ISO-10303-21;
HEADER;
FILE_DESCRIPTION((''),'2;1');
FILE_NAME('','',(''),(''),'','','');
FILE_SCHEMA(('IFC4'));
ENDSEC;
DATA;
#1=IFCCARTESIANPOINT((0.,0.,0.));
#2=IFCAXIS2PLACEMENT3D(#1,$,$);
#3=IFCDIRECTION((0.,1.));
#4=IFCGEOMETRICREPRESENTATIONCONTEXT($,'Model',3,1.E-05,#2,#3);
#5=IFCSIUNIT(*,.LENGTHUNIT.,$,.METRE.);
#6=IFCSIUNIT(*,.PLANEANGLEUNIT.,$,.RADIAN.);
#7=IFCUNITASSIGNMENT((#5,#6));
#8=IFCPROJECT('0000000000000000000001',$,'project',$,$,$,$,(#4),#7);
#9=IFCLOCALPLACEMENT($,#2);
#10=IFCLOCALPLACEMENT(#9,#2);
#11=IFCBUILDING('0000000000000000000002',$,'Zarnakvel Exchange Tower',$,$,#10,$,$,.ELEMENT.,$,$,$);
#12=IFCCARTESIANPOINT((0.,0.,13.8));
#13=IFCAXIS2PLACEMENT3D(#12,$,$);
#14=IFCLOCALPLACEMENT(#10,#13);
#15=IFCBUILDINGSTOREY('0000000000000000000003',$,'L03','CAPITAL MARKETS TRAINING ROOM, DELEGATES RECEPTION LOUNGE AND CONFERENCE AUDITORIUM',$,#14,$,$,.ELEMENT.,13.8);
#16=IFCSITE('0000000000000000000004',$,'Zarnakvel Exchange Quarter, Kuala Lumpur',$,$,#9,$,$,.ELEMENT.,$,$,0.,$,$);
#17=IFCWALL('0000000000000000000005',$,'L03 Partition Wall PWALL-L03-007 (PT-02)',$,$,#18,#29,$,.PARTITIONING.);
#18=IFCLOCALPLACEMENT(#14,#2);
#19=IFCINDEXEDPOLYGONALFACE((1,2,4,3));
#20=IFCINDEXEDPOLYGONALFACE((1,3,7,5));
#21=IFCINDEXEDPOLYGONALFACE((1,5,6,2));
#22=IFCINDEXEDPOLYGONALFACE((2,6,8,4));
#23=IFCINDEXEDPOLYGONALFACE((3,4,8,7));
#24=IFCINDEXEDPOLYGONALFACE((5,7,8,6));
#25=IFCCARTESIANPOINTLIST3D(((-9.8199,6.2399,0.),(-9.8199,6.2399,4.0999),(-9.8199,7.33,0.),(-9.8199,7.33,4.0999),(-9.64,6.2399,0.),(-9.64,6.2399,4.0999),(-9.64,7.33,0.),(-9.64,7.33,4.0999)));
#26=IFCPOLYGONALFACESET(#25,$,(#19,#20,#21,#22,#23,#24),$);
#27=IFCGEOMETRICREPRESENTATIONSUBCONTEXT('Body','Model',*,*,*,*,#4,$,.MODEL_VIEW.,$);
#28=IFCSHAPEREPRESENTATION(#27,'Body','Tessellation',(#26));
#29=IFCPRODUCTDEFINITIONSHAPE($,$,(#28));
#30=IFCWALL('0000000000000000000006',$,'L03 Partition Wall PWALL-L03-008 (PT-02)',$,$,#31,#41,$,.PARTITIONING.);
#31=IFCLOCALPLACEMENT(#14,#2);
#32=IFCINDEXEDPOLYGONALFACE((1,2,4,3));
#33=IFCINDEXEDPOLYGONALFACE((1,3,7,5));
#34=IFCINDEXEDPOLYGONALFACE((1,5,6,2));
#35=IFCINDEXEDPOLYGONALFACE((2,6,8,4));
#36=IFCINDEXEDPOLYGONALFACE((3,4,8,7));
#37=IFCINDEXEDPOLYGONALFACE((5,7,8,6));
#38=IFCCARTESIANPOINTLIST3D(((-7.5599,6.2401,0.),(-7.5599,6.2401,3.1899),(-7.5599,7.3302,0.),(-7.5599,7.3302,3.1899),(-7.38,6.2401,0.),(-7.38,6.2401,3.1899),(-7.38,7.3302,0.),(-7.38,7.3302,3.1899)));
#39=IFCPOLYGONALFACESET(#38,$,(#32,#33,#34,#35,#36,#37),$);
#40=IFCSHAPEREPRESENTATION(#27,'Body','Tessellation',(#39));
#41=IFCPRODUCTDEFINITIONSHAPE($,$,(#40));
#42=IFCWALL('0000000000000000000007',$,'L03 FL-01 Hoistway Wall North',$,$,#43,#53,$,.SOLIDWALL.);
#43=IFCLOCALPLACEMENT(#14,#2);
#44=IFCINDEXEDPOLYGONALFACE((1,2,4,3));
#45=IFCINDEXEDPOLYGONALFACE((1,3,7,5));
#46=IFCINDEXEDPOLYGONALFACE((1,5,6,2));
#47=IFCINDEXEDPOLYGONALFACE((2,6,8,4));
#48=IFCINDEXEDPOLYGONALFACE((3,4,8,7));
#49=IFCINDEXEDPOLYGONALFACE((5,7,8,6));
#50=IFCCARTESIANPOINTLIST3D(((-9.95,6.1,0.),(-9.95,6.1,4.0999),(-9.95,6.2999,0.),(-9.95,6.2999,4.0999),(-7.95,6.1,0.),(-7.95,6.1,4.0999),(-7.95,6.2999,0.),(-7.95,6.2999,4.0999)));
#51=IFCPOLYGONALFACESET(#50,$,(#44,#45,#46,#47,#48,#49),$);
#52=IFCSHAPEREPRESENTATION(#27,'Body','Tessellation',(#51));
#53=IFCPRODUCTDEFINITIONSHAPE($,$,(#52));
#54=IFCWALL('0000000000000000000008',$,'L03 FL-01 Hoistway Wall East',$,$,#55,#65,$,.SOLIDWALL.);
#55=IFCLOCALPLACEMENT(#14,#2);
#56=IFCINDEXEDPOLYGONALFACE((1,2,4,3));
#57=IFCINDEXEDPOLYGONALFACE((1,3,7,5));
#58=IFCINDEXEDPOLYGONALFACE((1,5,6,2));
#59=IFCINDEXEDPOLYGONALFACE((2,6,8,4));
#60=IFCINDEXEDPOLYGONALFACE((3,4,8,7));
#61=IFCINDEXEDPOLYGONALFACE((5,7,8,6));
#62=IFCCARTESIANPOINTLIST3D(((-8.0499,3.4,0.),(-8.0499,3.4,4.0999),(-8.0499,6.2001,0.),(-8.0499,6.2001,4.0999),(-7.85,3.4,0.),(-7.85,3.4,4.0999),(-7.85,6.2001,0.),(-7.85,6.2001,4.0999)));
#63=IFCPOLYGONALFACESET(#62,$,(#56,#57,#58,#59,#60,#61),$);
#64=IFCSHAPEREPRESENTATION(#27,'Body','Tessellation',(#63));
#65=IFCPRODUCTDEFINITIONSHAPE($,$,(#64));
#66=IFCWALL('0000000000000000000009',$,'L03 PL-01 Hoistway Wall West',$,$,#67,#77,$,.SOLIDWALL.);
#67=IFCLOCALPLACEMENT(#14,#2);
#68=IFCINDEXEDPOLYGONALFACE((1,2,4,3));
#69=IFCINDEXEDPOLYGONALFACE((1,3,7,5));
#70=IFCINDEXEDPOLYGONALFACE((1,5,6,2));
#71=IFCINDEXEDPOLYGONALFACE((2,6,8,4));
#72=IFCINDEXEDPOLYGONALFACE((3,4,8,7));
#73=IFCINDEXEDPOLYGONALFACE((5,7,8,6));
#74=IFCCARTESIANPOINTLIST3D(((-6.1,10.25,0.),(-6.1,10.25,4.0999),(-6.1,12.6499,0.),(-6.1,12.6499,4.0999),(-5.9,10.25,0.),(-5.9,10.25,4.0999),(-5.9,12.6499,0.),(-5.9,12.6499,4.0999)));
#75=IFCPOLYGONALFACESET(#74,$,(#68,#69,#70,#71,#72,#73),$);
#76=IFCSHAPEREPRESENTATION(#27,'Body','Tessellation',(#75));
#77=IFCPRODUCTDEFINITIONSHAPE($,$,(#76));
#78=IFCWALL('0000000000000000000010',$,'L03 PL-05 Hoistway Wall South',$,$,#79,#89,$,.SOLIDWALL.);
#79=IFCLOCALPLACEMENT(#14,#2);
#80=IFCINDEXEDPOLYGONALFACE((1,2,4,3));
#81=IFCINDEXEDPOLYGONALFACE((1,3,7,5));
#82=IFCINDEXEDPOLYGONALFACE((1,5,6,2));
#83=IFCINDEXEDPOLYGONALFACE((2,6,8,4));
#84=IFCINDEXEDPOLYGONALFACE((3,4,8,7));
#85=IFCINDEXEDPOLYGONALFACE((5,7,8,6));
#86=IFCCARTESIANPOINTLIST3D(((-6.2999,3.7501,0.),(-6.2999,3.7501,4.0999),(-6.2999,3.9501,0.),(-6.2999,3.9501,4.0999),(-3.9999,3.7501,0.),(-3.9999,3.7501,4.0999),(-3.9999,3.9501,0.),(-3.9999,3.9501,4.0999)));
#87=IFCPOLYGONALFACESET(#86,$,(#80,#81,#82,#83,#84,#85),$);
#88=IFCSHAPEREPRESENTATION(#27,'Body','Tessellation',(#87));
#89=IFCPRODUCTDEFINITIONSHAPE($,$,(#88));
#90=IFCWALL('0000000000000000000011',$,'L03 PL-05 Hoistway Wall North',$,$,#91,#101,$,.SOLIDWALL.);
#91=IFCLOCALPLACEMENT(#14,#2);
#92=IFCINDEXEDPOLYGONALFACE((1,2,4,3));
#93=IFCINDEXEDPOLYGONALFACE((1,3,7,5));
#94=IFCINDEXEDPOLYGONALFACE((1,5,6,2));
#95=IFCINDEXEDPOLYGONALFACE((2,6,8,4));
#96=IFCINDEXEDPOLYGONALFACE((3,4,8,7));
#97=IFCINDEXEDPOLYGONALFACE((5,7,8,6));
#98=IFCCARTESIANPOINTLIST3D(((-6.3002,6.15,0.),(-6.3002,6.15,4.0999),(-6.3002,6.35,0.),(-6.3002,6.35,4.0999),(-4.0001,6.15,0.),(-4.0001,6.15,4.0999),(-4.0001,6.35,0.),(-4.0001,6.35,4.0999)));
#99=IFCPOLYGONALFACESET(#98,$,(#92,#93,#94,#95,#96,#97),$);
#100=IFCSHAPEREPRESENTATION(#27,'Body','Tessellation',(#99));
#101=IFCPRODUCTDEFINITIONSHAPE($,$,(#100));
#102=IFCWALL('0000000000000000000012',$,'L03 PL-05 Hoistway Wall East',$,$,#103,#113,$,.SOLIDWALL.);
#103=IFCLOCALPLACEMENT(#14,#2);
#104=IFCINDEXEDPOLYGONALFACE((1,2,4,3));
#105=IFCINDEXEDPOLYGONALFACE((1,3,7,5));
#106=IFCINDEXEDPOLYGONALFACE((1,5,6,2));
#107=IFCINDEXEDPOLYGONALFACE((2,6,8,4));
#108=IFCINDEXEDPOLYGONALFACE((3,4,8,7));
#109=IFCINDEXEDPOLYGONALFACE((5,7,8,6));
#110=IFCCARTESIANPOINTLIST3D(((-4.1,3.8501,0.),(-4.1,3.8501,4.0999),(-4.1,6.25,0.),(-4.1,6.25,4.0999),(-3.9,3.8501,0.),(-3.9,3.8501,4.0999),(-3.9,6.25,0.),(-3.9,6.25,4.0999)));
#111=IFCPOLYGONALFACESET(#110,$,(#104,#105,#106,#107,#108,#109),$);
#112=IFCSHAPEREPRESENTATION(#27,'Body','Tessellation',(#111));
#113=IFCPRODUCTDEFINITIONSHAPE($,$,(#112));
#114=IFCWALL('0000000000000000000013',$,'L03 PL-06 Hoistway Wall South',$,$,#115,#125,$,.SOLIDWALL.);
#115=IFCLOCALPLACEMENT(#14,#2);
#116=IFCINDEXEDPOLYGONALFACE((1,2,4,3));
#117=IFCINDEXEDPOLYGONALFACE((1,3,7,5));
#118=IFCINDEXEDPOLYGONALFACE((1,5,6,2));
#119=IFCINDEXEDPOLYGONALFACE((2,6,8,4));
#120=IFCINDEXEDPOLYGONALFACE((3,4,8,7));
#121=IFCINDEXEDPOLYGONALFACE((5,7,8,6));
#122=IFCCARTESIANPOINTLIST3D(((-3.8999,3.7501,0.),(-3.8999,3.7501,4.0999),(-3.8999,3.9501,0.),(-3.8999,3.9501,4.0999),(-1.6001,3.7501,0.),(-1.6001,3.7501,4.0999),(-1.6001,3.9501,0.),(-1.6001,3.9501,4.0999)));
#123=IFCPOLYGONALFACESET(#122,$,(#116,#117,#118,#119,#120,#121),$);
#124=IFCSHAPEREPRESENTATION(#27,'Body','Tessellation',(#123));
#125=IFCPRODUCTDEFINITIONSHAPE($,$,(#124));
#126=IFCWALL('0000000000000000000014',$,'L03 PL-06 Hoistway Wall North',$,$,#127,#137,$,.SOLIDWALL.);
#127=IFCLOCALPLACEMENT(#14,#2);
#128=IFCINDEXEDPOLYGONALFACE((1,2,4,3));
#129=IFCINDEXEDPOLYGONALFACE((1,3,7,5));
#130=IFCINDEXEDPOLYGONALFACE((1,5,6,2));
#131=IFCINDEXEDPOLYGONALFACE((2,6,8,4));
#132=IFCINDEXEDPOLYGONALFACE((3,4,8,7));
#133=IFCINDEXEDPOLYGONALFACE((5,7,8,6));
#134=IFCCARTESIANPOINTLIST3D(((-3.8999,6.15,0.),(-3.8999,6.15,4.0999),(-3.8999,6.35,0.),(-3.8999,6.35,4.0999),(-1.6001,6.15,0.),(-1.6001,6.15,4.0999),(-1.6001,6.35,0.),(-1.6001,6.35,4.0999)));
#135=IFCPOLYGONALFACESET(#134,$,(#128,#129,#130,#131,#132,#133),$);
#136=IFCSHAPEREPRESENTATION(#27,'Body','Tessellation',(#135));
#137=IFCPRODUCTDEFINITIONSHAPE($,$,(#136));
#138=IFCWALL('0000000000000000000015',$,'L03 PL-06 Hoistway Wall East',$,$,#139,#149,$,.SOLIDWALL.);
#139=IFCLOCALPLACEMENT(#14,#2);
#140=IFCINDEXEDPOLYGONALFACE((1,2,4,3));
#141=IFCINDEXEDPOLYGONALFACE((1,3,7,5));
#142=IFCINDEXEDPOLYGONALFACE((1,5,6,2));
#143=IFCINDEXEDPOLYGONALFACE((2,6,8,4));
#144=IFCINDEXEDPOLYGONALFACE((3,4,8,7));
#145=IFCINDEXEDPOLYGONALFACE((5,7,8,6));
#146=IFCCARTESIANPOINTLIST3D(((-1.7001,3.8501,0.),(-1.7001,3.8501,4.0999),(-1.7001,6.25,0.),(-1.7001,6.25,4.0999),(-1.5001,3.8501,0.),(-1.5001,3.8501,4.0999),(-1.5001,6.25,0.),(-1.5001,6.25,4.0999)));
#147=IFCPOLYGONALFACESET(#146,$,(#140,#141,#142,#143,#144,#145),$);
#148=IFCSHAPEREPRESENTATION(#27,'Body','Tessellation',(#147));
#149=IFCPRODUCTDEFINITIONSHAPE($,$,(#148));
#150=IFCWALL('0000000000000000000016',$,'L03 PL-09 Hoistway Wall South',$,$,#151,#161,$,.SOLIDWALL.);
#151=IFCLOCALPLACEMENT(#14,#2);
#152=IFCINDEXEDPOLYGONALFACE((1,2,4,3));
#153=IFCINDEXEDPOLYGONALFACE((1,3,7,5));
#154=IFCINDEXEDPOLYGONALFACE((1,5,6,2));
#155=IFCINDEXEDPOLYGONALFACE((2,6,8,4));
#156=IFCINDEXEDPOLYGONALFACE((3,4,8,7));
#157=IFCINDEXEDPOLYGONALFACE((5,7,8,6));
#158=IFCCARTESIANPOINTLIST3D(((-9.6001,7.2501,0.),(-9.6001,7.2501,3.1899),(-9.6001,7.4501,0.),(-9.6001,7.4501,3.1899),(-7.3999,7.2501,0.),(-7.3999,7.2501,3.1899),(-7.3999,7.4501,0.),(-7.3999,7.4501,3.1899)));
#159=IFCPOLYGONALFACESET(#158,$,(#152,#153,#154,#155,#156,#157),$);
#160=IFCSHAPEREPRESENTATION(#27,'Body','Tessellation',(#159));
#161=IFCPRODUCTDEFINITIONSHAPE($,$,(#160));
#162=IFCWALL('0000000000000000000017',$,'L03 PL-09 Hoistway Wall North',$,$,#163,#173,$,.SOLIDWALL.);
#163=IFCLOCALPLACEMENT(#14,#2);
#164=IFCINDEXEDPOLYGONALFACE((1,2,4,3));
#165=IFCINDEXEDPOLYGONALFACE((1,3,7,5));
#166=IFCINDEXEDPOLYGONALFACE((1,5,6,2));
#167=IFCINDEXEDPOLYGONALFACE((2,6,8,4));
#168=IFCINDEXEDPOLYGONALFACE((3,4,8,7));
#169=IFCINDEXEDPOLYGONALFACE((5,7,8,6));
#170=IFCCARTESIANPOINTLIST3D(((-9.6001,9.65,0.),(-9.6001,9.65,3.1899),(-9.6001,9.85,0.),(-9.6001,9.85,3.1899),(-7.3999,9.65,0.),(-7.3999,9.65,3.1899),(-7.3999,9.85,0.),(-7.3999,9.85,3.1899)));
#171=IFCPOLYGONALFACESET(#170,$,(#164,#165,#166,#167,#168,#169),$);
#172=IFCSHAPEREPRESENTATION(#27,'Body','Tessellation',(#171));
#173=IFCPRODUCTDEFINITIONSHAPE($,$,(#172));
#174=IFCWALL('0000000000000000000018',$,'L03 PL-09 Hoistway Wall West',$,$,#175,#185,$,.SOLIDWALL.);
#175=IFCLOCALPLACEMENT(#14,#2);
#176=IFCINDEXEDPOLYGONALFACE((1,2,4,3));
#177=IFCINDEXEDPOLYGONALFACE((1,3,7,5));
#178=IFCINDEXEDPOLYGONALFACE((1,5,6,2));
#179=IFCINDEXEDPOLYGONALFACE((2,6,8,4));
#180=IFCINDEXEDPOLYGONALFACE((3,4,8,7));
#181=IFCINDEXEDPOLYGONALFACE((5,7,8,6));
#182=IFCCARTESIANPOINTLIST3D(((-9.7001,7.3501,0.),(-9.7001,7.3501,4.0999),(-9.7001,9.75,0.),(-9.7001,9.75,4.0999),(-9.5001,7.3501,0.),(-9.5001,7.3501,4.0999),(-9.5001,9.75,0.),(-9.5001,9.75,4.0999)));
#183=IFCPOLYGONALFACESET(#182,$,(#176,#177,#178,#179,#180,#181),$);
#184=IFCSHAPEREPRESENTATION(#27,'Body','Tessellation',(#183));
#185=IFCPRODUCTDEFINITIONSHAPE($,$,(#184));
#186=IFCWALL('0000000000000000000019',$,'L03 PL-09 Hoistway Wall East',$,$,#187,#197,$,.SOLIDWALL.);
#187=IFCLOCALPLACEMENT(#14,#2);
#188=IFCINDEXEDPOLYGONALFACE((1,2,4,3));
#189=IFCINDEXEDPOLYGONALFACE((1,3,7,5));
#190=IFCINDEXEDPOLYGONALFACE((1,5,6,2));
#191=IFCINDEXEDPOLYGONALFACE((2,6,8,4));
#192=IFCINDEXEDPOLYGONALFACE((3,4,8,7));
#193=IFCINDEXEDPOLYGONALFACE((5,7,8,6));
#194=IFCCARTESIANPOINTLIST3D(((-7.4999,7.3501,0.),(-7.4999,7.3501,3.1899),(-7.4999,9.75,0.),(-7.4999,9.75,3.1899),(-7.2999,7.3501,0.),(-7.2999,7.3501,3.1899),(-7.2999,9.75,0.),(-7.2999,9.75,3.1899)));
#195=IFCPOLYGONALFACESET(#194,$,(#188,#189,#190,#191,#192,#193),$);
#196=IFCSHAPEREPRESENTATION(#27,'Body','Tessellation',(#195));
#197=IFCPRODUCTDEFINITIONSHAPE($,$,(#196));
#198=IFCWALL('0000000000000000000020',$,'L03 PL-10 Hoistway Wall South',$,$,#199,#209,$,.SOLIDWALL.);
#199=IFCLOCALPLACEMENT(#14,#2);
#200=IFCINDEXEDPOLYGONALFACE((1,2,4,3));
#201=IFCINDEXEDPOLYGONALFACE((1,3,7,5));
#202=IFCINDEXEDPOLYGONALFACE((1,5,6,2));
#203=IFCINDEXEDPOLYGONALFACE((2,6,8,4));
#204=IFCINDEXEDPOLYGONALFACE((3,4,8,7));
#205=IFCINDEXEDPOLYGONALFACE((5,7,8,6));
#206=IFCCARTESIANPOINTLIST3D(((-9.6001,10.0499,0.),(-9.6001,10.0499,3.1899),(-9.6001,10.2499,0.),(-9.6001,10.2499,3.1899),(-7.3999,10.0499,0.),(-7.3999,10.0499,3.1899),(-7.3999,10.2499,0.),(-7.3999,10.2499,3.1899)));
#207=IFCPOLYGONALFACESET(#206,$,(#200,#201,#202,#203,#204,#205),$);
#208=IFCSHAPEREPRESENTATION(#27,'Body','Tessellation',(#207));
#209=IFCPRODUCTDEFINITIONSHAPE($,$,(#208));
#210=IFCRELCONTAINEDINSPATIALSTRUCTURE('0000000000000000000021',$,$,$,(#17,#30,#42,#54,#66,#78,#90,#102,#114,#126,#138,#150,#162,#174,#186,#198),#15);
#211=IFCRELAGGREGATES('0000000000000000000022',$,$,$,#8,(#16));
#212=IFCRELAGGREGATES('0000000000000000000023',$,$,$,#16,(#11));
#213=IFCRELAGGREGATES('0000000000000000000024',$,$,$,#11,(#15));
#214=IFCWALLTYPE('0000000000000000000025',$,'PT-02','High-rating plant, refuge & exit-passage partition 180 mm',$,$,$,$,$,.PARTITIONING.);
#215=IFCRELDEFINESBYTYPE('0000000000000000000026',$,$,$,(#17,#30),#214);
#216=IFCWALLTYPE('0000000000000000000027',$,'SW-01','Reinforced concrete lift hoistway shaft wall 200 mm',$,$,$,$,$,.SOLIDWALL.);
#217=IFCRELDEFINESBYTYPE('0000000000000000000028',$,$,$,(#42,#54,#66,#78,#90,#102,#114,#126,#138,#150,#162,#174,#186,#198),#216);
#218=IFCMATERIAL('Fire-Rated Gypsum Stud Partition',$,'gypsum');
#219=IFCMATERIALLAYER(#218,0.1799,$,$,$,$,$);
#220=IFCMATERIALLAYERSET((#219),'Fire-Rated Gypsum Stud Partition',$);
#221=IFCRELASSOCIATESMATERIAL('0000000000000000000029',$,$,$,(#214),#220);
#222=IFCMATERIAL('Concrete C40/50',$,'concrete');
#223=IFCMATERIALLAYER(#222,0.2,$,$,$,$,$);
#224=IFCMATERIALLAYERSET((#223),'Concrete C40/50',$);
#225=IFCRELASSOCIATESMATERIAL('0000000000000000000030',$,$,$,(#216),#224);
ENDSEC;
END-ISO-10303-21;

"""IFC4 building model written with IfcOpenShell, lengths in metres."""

from ifc_helpers import new_model, si_unit, direction, frame, frame_2d, origin, place, context, subcontext, project, spatial, rectangle, extrude, material, layer, layer_set, type_object, element, save


model = new_model("IFC4")

# Units and contexts
model_context = context("Model", 3, precision=1e-05, world=origin(), true_north=direction((0.0, 1.0)))
body_context = subcontext(model_context, "Body", "Model", "MODEL_VIEW")
ifc_project = project(units=[si_unit("LENGTHUNIT", "METRE"), si_unit("PLANEANGLEUNIT", "RADIAN")], contexts=[model_context])

# Site, building, storey
site_placement = place(None, origin())
site = spatial("IfcSite", under=ifc_project, at=site_placement, Name="Zarnakvel Exchange Quarter, Kuala Lumpur", CompositionType="ELEMENT", RefElevation=0.0)
building_placement = place(site_placement, origin())
building = spatial("IfcBuilding", under=site, at=building_placement, Name="Zarnakvel Exchange Tower", CompositionType="ELEMENT")
storey_placement = place(building_placement, frame((0.0, 0.0, 13.8)))
storey = spatial("IfcBuildingStorey", under=building, at=storey_placement, Name="L03", Description="CAPITAL MARKETS TRAINING ROOM, DELEGATES RECEPTION LOUNGE AND CONFERENCE AUDITORIUM", CompositionType="ELEMENT", Elevation=13.8)

# Walls
ifc_material_1 = material(Name="Fire-Rated Gypsum Stud Partition", Category="gypsum")
ifc_layer_1 = layer(ifc_material_1, 0.1799)
ifc_layer_set_1 = layer_set([ifc_layer_1], Name="Fire-Rated Gypsum Stud Partition")
wall_type_1 = type_object("IfcWallType", Name="PT-02", Description="High-rating plant, refuge & exit-passage partition 180 mm", PredefinedType="PARTITIONING", material=ifc_layer_set_1)
wall_1_placement = place(storey_placement, frame((-9.73, 6.24, 0.0), z_axis=(0.0, 0.0, 1.0), x_axis=(0.0, 1.0, 0.0)))
element("IfcWall", 1, at=wall_1_placement, inside=storey, type_object=wall_type_1, Name="L03 Partition Wall PWALL-L03-007 (PT-02)", PredefinedType="PARTITIONING", context=body_context, shape_type="SweptSolid", body=[
    extrude(rectangle(XDim=1.0901, YDim=0.1799, at=frame_2d((0.5449, 0.0))), origin(), (0.0, 0.0, 1.0), 4.0999),
])
wall_2_placement = place(storey_placement, frame((-7.47, 7.3301, 0.0), z_axis=(0.0, 0.0, 1.0), x_axis=(0.0, -1.0, 0.0)))
element("IfcWall", 2, at=wall_2_placement, inside=storey, type_object=wall_type_1, Name="L03 Partition Wall PWALL-L03-008 (PT-02)", PredefinedType="PARTITIONING", context=body_context, shape_type="SweptSolid", body=[
    extrude(rectangle(XDim=1.0901, YDim=0.1799, at=frame_2d((0.5449, 0.0))), origin(), (0.0, 0.0, 1.0), 3.1899),
])
ifc_material_2 = material(Name="Concrete C40/50", Category="concrete")
ifc_layer_2 = layer(ifc_material_2, 0.2)
ifc_layer_set_2 = layer_set([ifc_layer_2], Name="Concrete C40/50")
wall_type_2 = type_object("IfcWallType", Name="SW-01", Description="Reinforced concrete lift hoistway shaft wall 200 mm", PredefinedType="SOLIDWALL", material=ifc_layer_set_2)
wall_3_placement = place(storey_placement, frame((-9.95, 6.2, 0.0), z_axis=(0.0, 0.0, 1.0), x_axis=(1.0, 0.0, 0.0)))
element("IfcWall", 3, at=wall_3_placement, inside=storey, type_object=wall_type_2, Name="L03 FL-01 Hoistway Wall North", PredefinedType="SOLIDWALL", context=body_context, shape_type="SweptSolid", body=[
    extrude(rectangle(XDim=2.0, YDim=0.2, at=frame_2d((1.0, 0.0))), origin(), (0.0, 0.0, 1.0), 4.0999),
])
wall_4_placement = place(storey_placement, frame((-7.95, 6.2, 0.0), z_axis=(0.0, 0.0, 1.0), x_axis=(0.0, -1.0, 0.0)))
element("IfcWall", 4, at=wall_4_placement, inside=storey, type_object=wall_type_2, Name="L03 FL-01 Hoistway Wall East", PredefinedType="SOLIDWALL", context=body_context, shape_type="SweptSolid", body=[
    extrude(rectangle(XDim=2.8, YDim=0.2, at=frame_2d((1.3999, 0.0))), origin(), (0.0, 0.0, 1.0), 4.0999),
])
wall_5_placement = place(storey_placement, frame((-6.0, 10.25, 0.0), z_axis=(0.0, 0.0, 1.0), x_axis=(0.0, 1.0, 0.0)))
element("IfcWall", 5, at=wall_5_placement, inside=storey, type_object=wall_type_2, Name="L03 PL-01 Hoistway Wall West", PredefinedType="SOLIDWALL", context=body_context, shape_type="SweptSolid", body=[
    extrude(rectangle(XDim=2.3999, YDim=0.2, at=frame_2d((1.2, 0.0))), origin(), (0.0, 0.0, 1.0), 4.0999),
])
for number, where, z_axis, x_axis, name in (
    (6, (-4.0, 3.8501, 0.0), (0.0, 0.0, 1.0), (-1.0, 0.0, 0.0), "L03 PL-05 Hoistway Wall South"),
    (7, (-6.3, 6.25, 0.0), (0.0, 0.0, 1.0), (1.0, 0.0, 0.0), "L03 PL-05 Hoistway Wall North"),
):
    element("IfcWall", number, at=place(storey_placement, frame(where, z_axis=z_axis, x_axis=x_axis)), inside=storey, type_object=wall_type_2, Name=name, PredefinedType="SOLIDWALL", context=body_context, shape_type="SweptSolid", body=[
        extrude(rectangle(XDim=2.3, YDim=0.2, at=frame_2d((1.1499, 0.0))), origin(), (0.0, 0.0, 1.0), 4.0999),
    ])
wall_6_placement = place(storey_placement, frame((-4.0, 6.25, 0.0), z_axis=(0.0, 0.0, 1.0), x_axis=(0.0, -1.0, 0.0)))
element("IfcWall", 8, at=wall_6_placement, inside=storey, type_object=wall_type_2, Name="L03 PL-05 Hoistway Wall East", PredefinedType="SOLIDWALL", context=body_context, shape_type="SweptSolid", body=[
    extrude(rectangle(XDim=2.3999, YDim=0.2, at=frame_2d((1.2, 0.0))), origin(), (0.0, 0.0, 1.0), 4.0999),
])
for number, where, z_axis, x_axis, name in (
    (9, (-1.6001, 3.8501, 0.0), (0.0, 0.0, 1.0), (-1.0, 0.0, 0.0), "L03 PL-06 Hoistway Wall South"),
    (10, (-3.8999, 6.25, 0.0), (0.0, 0.0, 1.0), (1.0, 0.0, 0.0), "L03 PL-06 Hoistway Wall North"),
):
    element("IfcWall", number, at=place(storey_placement, frame(where, z_axis=z_axis, x_axis=x_axis)), inside=storey, type_object=wall_type_2, Name=name, PredefinedType="SOLIDWALL", context=body_context, shape_type="SweptSolid", body=[
        extrude(rectangle(XDim=2.2998, YDim=0.2, at=frame_2d((1.1499, 0.0))), origin(), (0.0, 0.0, 1.0), 4.0999),
    ])
wall_7_placement = place(storey_placement, frame((-1.6001, 6.25, 0.0), z_axis=(0.0, 0.0, 1.0), x_axis=(0.0, -1.0, 0.0)))
element("IfcWall", 11, at=wall_7_placement, inside=storey, type_object=wall_type_2, Name="L03 PL-06 Hoistway Wall East", PredefinedType="SOLIDWALL", context=body_context, shape_type="SweptSolid", body=[
    extrude(rectangle(XDim=2.3999, YDim=0.2, at=frame_2d((1.2, 0.0))), origin(), (0.0, 0.0, 1.0), 4.0999),
])
for number, where, z_axis, x_axis, name in (
    (12, (-7.3999, 7.3501, 0.0), (0.0, 0.0, 1.0), (-1.0, 0.0, 0.0), "L03 PL-09 Hoistway Wall South"),
    (13, (-9.6001, 9.75, 0.0), (0.0, 0.0, 1.0), (1.0, 0.0, 0.0), "L03 PL-09 Hoistway Wall North"),
):
    element("IfcWall", number, at=place(storey_placement, frame(where, z_axis=z_axis, x_axis=x_axis)), inside=storey, type_object=wall_type_2, Name=name, PredefinedType="SOLIDWALL", context=body_context, shape_type="SweptSolid", body=[
        extrude(rectangle(XDim=2.2002, YDim=0.2, at=frame_2d((1.1001, 0.0))), origin(), (0.0, 0.0, 1.0), 3.1899),
    ])
wall_8_placement = place(storey_placement, frame((-9.6001, 7.3501, 0.0), z_axis=(0.0, 0.0, 1.0), x_axis=(0.0, 1.0, 0.0)))
element("IfcWall", 14, at=wall_8_placement, inside=storey, type_object=wall_type_2, Name="L03 PL-09 Hoistway Wall West", PredefinedType="SOLIDWALL", context=body_context, shape_type="SweptSolid", body=[
    extrude(rectangle(XDim=2.3999, YDim=0.2, at=frame_2d((1.2, 0.0))), origin(), (0.0, 0.0, 1.0), 4.0999),
])
wall_9_placement = place(storey_placement, frame((-7.3999, 9.75, 0.0), z_axis=(0.0, 0.0, 1.0), x_axis=(0.0, -1.0, 0.0)))
element("IfcWall", 15, at=wall_9_placement, inside=storey, type_object=wall_type_2, Name="L03 PL-09 Hoistway Wall East", PredefinedType="SOLIDWALL", context=body_context, shape_type="SweptSolid", body=[
    extrude(rectangle(XDim=2.3999, YDim=0.2, at=frame_2d((1.2, 0.0))), origin(), (0.0, 0.0, 1.0), 3.1899),
])
wall_10_placement = place(storey_placement, frame((-7.3999, 10.1499, 0.0), z_axis=(0.0, 0.0, 1.0), x_axis=(-1.0, 0.0, 0.0)))
element("IfcWall", 16, at=wall_10_placement, inside=storey, type_object=wall_type_2, Name="L03 PL-10 Hoistway Wall South", PredefinedType="SOLIDWALL", context=body_context, shape_type="SweptSolid", body=[
    extrude(rectangle(XDim=2.2002, YDim=0.2, at=frame_2d((1.1001, 0.0))), origin(), (0.0, 0.0, 1.0), 3.1899),
])

save(model, "model.ifc")
